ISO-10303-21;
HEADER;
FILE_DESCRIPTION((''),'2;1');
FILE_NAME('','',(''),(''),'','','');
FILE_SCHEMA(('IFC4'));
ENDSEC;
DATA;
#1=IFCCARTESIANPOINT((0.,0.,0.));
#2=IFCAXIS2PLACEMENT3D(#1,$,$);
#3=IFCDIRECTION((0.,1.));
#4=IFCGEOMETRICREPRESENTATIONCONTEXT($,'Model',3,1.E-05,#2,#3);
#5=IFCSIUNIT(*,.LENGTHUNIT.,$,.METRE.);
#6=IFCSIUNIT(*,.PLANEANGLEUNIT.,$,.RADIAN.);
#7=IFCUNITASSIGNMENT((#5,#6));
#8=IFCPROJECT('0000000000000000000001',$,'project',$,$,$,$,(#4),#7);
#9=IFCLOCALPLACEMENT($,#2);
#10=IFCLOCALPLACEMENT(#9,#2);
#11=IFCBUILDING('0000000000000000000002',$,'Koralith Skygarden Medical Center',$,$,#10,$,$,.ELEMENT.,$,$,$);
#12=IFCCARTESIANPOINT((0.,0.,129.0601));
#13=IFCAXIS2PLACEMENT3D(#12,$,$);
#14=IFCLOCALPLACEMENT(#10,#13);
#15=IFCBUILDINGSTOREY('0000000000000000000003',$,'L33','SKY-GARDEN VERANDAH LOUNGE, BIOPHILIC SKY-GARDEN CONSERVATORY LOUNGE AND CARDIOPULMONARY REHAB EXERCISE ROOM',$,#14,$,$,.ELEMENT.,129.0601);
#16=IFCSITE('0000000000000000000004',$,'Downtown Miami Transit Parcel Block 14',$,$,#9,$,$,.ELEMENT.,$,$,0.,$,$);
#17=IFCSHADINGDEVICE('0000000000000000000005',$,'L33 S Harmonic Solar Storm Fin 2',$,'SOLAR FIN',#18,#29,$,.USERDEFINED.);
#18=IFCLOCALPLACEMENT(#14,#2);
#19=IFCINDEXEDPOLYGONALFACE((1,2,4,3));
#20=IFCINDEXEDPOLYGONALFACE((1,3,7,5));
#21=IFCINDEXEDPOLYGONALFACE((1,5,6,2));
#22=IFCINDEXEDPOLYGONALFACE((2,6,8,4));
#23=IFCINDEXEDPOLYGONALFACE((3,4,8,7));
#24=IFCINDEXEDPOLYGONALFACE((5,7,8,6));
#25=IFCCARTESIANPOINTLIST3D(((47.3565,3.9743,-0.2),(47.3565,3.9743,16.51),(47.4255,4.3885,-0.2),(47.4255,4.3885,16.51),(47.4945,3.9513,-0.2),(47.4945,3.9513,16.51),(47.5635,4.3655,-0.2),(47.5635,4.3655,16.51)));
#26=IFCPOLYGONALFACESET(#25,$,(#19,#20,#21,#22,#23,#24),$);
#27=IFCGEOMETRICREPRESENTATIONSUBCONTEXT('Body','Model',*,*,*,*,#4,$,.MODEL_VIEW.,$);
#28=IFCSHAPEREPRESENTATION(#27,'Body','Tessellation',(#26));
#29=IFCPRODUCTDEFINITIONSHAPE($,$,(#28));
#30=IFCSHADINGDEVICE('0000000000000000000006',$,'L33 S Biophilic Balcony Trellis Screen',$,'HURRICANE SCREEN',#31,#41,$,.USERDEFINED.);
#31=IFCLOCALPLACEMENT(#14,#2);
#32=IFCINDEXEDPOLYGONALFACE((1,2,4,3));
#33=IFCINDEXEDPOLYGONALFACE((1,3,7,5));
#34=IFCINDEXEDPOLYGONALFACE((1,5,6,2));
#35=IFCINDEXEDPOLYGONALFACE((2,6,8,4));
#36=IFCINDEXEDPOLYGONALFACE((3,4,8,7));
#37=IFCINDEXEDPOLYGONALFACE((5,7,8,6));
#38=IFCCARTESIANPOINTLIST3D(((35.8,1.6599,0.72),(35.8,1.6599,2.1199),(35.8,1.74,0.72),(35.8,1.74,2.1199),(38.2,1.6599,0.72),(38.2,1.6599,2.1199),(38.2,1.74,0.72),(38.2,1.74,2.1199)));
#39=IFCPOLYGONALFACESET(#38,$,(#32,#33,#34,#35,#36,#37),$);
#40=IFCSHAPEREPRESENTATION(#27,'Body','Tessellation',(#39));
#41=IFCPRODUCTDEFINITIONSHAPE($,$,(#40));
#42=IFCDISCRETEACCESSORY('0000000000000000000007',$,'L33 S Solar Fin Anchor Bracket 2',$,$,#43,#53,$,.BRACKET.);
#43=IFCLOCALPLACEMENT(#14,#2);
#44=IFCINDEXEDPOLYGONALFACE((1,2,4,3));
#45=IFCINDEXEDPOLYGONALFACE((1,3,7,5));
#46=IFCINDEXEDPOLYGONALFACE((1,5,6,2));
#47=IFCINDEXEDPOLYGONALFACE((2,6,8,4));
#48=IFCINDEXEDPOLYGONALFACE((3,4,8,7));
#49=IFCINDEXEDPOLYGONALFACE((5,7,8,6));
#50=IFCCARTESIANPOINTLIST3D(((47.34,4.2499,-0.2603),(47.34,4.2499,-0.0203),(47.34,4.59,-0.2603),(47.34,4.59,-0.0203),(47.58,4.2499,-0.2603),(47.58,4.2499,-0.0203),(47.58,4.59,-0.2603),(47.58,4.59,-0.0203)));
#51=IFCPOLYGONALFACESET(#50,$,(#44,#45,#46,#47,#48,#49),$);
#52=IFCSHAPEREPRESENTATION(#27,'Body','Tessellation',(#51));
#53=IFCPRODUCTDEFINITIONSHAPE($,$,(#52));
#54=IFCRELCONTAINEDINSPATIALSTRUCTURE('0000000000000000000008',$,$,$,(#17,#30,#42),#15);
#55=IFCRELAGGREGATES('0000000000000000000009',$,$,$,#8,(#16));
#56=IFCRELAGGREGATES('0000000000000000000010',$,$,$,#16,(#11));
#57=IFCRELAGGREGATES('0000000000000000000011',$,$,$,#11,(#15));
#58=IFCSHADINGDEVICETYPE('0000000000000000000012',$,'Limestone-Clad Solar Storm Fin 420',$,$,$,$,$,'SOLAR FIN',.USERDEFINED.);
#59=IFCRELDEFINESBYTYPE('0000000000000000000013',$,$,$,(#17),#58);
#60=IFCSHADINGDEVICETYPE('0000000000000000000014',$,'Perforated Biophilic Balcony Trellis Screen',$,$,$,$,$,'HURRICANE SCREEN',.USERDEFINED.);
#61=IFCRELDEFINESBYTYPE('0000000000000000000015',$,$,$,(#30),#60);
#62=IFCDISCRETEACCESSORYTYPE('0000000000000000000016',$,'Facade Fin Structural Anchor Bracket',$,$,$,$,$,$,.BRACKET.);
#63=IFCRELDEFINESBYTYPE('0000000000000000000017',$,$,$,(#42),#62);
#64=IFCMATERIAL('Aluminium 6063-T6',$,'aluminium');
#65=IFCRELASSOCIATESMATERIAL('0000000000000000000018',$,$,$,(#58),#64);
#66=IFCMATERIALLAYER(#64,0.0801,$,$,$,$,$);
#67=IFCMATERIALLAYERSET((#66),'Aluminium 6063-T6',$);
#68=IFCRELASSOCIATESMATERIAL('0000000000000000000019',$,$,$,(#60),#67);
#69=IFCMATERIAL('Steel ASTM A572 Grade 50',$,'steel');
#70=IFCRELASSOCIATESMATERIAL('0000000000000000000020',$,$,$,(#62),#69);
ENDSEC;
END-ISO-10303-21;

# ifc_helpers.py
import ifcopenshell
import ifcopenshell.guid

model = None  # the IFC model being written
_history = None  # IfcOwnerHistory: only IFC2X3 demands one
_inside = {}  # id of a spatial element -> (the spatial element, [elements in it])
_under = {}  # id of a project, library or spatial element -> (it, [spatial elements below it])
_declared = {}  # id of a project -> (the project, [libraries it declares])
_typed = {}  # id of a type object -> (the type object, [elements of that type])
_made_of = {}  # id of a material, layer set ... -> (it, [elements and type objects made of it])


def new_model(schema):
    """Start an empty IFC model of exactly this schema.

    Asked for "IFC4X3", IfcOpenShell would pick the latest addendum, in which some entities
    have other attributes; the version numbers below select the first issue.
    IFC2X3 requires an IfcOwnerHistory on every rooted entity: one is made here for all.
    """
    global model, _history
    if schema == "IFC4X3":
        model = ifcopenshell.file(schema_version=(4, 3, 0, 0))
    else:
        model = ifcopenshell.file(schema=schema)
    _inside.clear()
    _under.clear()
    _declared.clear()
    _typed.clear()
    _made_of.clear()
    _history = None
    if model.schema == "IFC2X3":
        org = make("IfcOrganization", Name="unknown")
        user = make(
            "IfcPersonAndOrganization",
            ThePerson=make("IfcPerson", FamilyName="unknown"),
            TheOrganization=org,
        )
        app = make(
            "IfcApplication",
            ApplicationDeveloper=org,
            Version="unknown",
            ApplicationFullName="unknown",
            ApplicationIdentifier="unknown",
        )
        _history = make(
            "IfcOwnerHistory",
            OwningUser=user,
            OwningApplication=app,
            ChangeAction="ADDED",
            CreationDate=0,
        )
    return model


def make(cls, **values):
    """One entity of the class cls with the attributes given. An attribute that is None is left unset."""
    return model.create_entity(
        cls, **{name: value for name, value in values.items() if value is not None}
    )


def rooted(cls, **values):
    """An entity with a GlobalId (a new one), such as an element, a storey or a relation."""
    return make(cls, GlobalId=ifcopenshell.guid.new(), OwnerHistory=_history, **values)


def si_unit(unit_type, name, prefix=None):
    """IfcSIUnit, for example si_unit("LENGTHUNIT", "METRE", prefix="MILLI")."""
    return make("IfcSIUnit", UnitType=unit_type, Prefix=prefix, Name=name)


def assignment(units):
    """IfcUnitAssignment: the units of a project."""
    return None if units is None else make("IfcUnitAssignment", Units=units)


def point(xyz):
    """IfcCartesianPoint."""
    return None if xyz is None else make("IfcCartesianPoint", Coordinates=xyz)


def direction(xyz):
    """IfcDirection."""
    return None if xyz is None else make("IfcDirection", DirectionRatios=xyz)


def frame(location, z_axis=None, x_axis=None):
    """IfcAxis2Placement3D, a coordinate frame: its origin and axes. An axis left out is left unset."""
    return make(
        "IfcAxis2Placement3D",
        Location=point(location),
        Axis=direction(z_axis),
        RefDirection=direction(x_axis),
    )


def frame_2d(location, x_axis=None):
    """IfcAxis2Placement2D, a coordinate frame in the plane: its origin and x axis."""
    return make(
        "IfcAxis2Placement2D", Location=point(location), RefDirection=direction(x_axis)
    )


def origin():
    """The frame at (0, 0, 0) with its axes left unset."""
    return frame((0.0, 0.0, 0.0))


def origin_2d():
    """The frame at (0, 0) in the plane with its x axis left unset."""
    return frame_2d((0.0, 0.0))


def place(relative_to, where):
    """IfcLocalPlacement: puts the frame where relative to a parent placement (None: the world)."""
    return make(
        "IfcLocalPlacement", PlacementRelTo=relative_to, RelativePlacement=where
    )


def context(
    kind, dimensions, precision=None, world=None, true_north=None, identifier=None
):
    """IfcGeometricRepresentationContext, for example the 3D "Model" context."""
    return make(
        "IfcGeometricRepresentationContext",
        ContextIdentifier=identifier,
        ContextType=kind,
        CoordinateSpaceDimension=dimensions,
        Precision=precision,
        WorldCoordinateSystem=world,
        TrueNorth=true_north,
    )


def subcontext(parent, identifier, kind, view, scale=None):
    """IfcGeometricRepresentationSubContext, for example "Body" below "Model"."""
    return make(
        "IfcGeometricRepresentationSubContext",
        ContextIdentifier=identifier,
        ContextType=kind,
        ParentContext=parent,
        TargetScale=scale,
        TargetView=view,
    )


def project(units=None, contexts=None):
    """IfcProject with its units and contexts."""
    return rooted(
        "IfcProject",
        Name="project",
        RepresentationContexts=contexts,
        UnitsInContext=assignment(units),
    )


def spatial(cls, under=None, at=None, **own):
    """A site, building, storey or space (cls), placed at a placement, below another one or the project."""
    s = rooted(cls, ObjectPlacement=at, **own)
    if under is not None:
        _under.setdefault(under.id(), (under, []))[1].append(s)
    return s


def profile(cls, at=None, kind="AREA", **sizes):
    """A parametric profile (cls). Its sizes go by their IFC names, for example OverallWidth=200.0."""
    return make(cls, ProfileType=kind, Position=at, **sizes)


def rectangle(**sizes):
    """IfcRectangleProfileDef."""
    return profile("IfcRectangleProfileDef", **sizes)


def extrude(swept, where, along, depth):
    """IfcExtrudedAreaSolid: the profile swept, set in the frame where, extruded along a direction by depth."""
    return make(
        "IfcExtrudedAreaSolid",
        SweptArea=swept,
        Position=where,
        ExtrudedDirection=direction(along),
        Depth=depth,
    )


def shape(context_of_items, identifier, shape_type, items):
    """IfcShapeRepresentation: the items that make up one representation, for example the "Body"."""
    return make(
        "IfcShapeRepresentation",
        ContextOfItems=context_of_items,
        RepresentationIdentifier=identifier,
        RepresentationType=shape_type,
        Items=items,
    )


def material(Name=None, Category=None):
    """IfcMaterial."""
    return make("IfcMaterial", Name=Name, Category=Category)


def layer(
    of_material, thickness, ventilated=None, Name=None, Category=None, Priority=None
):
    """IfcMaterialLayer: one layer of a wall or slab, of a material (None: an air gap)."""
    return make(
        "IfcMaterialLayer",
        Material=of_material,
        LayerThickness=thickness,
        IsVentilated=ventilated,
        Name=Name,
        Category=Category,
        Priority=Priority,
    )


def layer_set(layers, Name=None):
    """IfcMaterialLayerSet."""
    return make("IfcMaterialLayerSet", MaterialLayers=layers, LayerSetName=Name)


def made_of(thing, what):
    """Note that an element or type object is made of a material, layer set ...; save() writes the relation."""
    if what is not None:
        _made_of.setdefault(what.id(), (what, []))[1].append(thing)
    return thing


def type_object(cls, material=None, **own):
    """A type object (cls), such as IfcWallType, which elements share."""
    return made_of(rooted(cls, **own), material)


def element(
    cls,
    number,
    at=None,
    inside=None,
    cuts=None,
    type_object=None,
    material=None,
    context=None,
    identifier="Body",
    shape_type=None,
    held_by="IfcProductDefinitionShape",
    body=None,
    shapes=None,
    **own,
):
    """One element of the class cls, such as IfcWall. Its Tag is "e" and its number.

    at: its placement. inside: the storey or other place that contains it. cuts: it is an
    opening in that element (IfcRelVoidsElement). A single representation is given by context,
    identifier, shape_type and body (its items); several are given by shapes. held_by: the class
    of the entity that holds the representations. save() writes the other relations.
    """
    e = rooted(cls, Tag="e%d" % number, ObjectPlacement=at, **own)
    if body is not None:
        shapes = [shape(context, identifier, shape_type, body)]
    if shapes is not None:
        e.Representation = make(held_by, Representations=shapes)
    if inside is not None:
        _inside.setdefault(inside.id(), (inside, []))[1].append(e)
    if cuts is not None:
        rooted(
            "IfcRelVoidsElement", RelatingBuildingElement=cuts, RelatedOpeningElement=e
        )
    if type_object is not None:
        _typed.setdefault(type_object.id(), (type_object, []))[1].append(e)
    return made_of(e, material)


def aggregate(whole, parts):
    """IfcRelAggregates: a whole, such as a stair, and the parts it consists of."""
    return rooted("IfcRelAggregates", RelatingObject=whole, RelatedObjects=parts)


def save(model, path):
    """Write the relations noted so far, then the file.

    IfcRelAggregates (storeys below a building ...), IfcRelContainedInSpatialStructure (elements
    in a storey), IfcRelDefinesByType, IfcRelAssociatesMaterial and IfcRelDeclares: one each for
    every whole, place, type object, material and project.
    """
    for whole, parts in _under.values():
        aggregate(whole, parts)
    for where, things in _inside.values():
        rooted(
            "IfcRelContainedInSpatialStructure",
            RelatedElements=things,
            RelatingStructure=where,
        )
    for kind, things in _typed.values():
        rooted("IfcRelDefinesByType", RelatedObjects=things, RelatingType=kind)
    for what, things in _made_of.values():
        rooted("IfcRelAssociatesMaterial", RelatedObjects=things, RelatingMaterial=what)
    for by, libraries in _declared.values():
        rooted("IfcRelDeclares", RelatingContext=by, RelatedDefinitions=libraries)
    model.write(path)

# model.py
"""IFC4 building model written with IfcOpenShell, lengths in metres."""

from ifc_helpers import new_model, si_unit, direction, frame, origin, origin_2d, place, context, subcontext, project, spatial, rectangle, extrude, material, layer, layer_set, type_object, element, save


model = new_model("IFC4")

# Units and contexts
model_context = context("Model", 3, precision=1e-05, world=origin(), true_north=direction((0.0, 1.0)))
body_context = subcontext(model_context, "Body", "Model", "MODEL_VIEW")
ifc_project = project(units=[si_unit("LENGTHUNIT", "METRE"), si_unit("PLANEANGLEUNIT", "RADIAN")], contexts=[model_context])

# Site, building, storey
site_placement = place(None, origin())
site = spatial("IfcSite", under=ifc_project, at=site_placement, Name="Downtown Miami Transit Parcel Block 14", CompositionType="ELEMENT", RefElevation=0.0)
building_placement = place(site_placement, origin())
building = spatial("IfcBuilding", under=site, at=building_placement, Name="Koralith Skygarden Medical Center", CompositionType="ELEMENT")
storey_placement = place(building_placement, frame((0.0, 0.0, 129.0601)))
storey = spatial("IfcBuildingStorey", under=building, at=storey_placement, Name="L33", Description="SKY-GARDEN VERANDAH LOUNGE, BIOPHILIC SKY-GARDEN CONSERVATORY LOUNGE AND CARDIOPULMONARY REHAB EXERCISE ROOM", CompositionType="ELEMENT", Elevation=129.0601)

# Shared definitions
ifc_material_1 = material(Name="Aluminium 6063-T6", Category="aluminium")

# Shading devices
shading_device_type_1 = type_object("IfcShadingDeviceType", Name="Limestone-Clad Solar Storm Fin 420", ElementType="SOLAR FIN", PredefinedType="USERDEFINED", material=ifc_material_1)
shading_device_1_placement = place(storey_placement, frame((47.46, 4.1699, -0.2), z_axis=(0.0, 0.0, 1.0), x_axis=(-0.164325, -0.986406, 0.0)))
element("IfcShadingDevice", 1, at=shading_device_1_placement, inside=storey, type_object=shading_device_type_1, Name="L33 S Harmonic Solar Storm Fin 2", ObjectType="SOLAR FIN", PredefinedType="USERDEFINED", context=body_context, shape_type="SweptSolid", body=[
    extrude(rectangle(XDim=0.4199, YDim=0.1399, at=origin_2d()), origin(), (0.0, 0.0, 1.0), 16.71),
])
ifc_layer_1 = layer(ifc_material_1, 0.0801)
ifc_layer_set_1 = layer_set([ifc_layer_1], Name="Aluminium 6063-T6")
shading_device_type_2 = type_object("IfcShadingDeviceType", Name="Perforated Biophilic Balcony Trellis Screen", ElementType="HURRICANE SCREEN", PredefinedType="USERDEFINED", material=ifc_layer_set_1)
shading_device_2_placement = place(storey_placement, frame((37.0, 1.7, 0.72), z_axis=(0.0, 0.0, 1.0), x_axis=(1.0, 0.0, 0.0)))
element("IfcShadingDevice", 2, at=shading_device_2_placement, inside=storey, type_object=shading_device_type_2, Name="L33 S Biophilic Balcony Trellis Screen", ObjectType="HURRICANE SCREEN", PredefinedType="USERDEFINED", context=body_context, shape_type="SweptSolid", body=[
    extrude(rectangle(XDim=2.3999, YDim=0.0801, at=origin_2d()), origin(), (0.0, 0.0, 1.0), 1.3999),
])

# Discrete accessory
ifc_material_2 = material(Name="Steel ASTM A572 Grade 50", Category="steel")
discrete_accessory_type = type_object("IfcDiscreteAccessoryType", Name="Facade Fin Structural Anchor Bracket", PredefinedType="BRACKET", material=ifc_material_2)
discrete_accessory_placement = place(storey_placement, frame((47.46, 4.4199, -0.2603), z_axis=(0.0, 0.0, 1.0), x_axis=(0.0, -1.0, 0.0)))
element("IfcDiscreteAccessory", 3, at=discrete_accessory_placement, inside=storey, type_object=discrete_accessory_type, Name="L33 S Solar Fin Anchor Bracket 2", PredefinedType="BRACKET", context=body_context, shape_type="SweptSolid", body=[
    extrude(rectangle(XDim=0.3401, YDim=0.24, at=origin_2d()), origin(), (0.0, 0.0, 1.0), 0.24),
])

save(model, "model.ifc")
